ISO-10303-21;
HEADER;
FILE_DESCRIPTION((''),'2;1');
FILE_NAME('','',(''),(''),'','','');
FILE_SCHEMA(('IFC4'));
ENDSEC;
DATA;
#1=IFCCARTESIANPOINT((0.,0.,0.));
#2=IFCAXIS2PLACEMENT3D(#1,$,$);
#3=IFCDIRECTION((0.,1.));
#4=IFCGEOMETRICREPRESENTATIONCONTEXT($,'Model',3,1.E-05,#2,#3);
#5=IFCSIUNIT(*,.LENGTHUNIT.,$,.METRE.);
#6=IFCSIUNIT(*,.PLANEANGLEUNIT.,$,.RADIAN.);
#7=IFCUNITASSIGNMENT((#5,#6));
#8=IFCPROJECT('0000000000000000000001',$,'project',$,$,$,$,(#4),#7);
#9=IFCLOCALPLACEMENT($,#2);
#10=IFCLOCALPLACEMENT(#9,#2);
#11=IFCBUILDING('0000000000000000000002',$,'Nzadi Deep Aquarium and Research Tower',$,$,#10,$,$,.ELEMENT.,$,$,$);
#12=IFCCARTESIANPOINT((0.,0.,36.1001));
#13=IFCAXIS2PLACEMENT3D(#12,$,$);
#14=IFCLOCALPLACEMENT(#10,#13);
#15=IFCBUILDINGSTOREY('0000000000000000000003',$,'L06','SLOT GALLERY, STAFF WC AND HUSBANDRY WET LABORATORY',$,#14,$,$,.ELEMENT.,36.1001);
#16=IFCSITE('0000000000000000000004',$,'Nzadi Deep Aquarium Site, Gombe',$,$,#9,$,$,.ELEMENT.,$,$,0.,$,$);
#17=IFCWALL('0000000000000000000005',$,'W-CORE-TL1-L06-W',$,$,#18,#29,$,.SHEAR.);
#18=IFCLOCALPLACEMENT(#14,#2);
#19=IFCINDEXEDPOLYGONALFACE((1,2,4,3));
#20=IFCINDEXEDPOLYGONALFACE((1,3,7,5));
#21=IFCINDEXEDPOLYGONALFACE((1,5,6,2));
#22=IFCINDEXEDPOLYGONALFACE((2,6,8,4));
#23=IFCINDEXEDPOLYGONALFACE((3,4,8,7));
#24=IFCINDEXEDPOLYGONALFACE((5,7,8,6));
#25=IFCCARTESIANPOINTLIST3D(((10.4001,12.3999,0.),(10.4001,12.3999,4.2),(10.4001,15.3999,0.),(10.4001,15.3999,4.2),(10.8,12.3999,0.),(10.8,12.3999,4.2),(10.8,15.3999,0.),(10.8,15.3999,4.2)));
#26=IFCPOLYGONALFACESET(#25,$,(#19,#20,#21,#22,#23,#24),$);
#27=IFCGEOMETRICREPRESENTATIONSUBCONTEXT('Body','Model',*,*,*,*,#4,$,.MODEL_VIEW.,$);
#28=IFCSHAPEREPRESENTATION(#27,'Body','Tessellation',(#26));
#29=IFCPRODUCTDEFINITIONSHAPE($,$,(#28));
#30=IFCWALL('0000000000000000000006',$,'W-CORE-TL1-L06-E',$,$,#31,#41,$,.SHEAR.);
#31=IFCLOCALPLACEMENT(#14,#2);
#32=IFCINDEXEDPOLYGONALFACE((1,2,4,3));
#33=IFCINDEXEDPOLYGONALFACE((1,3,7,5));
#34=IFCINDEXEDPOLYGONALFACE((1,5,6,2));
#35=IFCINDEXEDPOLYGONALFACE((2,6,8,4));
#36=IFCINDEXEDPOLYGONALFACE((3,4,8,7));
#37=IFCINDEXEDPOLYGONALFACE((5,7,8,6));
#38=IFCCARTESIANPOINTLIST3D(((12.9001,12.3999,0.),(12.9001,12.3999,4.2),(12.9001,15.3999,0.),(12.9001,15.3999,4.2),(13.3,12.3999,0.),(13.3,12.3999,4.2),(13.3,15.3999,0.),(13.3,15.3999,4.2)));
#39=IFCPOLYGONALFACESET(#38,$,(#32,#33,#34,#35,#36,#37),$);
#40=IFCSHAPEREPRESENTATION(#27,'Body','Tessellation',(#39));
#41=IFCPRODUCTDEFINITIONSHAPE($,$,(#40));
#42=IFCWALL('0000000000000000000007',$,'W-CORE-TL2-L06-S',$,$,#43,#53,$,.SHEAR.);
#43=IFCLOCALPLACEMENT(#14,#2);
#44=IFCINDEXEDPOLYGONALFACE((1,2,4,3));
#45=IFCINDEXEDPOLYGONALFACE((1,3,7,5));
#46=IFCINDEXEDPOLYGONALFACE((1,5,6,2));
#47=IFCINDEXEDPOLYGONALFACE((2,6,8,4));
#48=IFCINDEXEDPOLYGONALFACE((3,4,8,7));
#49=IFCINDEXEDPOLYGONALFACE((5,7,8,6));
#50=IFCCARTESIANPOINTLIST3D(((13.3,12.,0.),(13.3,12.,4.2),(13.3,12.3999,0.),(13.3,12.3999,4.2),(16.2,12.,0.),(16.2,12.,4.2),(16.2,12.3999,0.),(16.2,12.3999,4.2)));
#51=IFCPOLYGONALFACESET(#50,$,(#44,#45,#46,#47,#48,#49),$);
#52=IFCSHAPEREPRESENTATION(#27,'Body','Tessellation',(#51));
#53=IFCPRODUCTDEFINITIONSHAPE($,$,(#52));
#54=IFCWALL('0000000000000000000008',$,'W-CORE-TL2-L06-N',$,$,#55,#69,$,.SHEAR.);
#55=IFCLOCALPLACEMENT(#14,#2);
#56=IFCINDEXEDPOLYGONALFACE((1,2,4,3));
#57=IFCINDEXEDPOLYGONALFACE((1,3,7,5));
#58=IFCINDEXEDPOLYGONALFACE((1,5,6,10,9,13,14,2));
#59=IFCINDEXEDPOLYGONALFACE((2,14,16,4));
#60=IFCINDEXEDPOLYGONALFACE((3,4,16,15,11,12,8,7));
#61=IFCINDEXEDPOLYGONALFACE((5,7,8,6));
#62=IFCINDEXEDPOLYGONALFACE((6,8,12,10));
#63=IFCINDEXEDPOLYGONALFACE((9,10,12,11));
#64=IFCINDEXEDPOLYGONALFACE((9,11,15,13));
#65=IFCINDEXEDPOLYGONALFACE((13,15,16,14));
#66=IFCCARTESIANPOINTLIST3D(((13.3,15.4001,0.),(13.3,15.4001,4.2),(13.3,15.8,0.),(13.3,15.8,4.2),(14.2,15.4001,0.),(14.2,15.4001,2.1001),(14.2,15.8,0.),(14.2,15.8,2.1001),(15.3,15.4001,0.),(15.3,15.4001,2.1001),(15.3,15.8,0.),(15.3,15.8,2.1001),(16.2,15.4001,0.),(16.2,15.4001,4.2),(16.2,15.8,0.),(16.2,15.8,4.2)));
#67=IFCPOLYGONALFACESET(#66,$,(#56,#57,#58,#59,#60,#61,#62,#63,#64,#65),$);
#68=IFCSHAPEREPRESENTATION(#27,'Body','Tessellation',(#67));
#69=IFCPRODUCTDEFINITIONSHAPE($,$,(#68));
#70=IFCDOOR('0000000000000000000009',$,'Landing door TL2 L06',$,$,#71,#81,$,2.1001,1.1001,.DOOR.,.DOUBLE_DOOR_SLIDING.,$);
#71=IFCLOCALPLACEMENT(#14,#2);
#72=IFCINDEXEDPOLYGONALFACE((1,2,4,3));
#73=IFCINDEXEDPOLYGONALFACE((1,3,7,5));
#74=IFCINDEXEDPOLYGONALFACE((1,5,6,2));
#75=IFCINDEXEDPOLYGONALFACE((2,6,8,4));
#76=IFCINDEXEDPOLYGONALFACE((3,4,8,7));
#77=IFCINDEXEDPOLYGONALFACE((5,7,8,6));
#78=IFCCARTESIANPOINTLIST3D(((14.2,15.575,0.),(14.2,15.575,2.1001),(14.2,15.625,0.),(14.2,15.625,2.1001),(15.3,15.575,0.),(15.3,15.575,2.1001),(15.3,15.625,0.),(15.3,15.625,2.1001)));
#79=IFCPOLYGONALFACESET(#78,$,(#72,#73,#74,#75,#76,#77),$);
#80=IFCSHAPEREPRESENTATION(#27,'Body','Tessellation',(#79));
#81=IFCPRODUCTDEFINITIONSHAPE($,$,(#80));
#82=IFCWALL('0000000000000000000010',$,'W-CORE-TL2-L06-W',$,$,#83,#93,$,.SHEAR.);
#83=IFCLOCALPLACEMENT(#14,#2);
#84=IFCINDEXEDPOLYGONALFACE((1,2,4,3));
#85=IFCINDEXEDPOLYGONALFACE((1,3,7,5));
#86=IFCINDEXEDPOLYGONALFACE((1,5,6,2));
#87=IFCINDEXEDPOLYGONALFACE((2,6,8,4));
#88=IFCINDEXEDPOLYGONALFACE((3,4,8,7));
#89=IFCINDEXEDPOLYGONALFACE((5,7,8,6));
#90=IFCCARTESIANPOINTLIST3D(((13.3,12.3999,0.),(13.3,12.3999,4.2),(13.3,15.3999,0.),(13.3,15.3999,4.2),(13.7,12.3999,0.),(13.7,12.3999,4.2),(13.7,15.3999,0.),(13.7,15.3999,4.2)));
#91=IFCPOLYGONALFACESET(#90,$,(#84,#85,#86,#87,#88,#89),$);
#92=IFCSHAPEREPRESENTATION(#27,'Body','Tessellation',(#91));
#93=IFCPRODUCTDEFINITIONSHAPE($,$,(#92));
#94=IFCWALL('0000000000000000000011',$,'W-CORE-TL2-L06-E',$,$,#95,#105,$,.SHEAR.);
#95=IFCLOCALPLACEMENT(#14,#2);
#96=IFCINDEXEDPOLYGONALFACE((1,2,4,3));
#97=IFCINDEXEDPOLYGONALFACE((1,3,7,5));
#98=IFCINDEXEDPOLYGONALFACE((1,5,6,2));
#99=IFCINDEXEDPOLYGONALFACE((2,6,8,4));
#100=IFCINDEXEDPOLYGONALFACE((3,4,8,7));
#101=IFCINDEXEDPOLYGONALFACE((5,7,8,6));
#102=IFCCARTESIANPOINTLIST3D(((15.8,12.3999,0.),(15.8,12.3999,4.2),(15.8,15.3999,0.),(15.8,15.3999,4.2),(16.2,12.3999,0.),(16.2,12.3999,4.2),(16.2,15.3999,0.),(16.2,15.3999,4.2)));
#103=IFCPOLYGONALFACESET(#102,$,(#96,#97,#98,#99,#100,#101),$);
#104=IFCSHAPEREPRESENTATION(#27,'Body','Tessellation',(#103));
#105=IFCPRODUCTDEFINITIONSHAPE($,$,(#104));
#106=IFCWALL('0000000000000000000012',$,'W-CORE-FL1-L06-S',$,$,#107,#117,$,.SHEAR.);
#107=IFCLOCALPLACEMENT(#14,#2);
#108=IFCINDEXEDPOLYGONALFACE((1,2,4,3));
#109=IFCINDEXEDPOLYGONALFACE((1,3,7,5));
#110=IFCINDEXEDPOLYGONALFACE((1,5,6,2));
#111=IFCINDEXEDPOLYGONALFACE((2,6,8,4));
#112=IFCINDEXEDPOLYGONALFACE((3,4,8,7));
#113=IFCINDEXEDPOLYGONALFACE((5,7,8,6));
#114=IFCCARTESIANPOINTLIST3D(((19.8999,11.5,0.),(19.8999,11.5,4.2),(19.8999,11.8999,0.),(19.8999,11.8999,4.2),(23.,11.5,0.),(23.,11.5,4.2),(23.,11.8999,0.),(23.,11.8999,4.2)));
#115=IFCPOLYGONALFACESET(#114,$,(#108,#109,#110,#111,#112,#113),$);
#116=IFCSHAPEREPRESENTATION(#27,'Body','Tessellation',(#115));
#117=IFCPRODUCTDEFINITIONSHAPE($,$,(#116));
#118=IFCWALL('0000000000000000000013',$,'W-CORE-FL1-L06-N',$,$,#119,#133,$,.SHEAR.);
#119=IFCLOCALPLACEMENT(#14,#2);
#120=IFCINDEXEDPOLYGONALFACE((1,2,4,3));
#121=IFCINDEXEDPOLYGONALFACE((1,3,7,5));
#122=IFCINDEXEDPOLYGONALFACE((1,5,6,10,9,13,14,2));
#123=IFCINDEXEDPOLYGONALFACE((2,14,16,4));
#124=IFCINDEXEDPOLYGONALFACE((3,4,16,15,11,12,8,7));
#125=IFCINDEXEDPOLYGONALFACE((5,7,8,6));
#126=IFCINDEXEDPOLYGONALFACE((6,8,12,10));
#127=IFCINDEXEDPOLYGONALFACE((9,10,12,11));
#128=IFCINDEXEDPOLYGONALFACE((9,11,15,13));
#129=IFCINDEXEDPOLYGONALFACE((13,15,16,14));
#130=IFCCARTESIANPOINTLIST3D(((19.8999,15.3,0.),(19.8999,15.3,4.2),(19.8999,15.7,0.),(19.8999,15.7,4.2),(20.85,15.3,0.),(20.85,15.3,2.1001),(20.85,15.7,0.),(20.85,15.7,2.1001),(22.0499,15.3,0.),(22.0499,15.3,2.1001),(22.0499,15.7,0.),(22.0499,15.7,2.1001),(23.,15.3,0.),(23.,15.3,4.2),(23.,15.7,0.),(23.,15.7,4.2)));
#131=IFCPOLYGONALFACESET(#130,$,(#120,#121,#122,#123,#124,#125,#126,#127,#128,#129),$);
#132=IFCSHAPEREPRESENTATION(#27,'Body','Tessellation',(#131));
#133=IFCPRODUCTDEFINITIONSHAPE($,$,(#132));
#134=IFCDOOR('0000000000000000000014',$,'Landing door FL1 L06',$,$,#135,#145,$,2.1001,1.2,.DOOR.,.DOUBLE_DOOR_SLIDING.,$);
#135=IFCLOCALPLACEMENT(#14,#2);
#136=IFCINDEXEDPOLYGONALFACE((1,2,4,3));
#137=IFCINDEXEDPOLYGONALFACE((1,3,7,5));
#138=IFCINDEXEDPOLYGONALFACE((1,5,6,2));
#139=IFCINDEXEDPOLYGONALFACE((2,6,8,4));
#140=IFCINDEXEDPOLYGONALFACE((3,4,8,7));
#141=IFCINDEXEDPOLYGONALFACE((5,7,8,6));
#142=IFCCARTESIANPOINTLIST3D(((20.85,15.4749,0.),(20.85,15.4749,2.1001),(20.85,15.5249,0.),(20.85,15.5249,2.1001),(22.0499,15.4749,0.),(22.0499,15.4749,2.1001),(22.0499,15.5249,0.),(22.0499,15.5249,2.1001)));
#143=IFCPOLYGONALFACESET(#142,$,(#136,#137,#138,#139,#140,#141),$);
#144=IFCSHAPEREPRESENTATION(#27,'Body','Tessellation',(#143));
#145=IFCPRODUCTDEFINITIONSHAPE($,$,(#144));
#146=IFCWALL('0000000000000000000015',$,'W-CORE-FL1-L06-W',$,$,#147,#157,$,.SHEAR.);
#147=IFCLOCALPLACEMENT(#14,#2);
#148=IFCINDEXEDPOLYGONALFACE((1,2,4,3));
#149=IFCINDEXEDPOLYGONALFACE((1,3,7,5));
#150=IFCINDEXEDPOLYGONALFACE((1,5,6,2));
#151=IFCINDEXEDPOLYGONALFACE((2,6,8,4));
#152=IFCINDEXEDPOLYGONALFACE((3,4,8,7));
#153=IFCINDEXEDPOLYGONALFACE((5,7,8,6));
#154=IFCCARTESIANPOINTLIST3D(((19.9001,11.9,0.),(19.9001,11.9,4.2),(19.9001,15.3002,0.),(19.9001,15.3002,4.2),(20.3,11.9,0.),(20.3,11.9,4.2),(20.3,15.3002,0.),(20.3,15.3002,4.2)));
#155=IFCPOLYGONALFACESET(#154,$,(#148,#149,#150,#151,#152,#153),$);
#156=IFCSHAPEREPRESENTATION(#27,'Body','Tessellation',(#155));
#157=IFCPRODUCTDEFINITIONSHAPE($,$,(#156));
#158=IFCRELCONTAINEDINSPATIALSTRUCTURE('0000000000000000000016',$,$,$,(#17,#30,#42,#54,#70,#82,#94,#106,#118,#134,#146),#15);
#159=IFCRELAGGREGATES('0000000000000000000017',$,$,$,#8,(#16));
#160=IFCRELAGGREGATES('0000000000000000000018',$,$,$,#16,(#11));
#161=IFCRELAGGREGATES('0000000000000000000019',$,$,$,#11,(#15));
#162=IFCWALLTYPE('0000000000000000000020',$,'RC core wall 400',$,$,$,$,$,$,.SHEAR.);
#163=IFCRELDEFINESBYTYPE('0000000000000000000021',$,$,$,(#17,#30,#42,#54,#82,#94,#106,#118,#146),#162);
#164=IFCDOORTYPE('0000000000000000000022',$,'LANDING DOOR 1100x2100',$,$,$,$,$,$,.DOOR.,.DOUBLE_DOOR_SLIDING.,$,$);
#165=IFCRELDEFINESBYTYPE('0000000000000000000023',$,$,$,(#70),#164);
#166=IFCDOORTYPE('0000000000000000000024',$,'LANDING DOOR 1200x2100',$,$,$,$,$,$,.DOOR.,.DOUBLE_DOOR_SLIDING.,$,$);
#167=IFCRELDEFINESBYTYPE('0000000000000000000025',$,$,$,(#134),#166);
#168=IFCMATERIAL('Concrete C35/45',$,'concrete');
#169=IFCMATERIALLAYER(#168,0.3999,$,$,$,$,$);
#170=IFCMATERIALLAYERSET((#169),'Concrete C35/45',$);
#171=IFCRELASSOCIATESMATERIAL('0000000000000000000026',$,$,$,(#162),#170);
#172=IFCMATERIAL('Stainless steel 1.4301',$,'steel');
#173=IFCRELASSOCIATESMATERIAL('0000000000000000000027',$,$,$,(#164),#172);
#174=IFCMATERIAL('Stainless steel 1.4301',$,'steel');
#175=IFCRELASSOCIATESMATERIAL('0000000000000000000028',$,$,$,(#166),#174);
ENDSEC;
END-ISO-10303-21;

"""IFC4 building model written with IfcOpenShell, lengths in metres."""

from ifc_helpers import new_model, si_unit, direction, frame, frame_2d, origin, place, context, subcontext, project, spatial, rectangle, extrude, material, layer, layer_set, type_object, element, fill, save


model = new_model("IFC4")

# Units and contexts
model_context = context("Model", 3, precision=1e-05, world=origin(), true_north=direction((0.0, 1.0)))
body_context = subcontext(model_context, "Body", "Model", "MODEL_VIEW")
ifc_project = project(units=[si_unit("LENGTHUNIT", "METRE"), si_unit("PLANEANGLEUNIT", "RADIAN")], contexts=[model_context])

# Site, building, storey
site_placement = place(None, origin())
site = spatial("IfcSite", under=ifc_project, at=site_placement, Name="Nzadi Deep Aquarium Site, Gombe", CompositionType="ELEMENT", RefElevation=0.0)
building_placement = place(site_placement, origin())
building = spatial("IfcBuilding", under=site, at=building_placement, Name="Nzadi Deep Aquarium and Research Tower", CompositionType="ELEMENT")
storey_placement = place(building_placement, frame((0.0, 0.0, 36.1001)))
storey = spatial("IfcBuildingStorey", under=building, at=storey_placement, Name="L06", Description="SLOT GALLERY, STAFF WC AND HUSBANDRY WET LABORATORY", CompositionType="ELEMENT", Elevation=36.1001)

# Shared definitions
ifc_material_1 = material(Name="Concrete C35/45", Category="concrete")
ifc_layer_1 = layer(ifc_material_1, 0.3999)
ifc_layer_set_1 = layer_set([ifc_layer_1], Name="Concrete C35/45")
wall_type_1 = type_object("IfcWallType", Name="RC core wall 400", PredefinedType="SHEAR", material=ifc_layer_set_1)

# Shared definitions
ifc_material_2 = material(Name="Stainless steel 1.4301", Category="steel")
door_type_1 = type_object("IfcDoorType", Name="LANDING DOOR 1100x2100", OperationType="DOUBLE_DOOR_SLIDING", PredefinedType="DOOR", material=ifc_material_2)

# Walls
for number, where, z_axis, x_axis, name in (
    (1, (10.6001, 12.3999, 0.0), (0.0, 0.0, 1.0), (0.0, 1.0, 0.0), "W-CORE-TL1-L06-W"),
    (2, (13.1001, 12.3999, 0.0), (0.0, 0.0, 1.0), (0.0, 1.0, 0.0), "W-CORE-TL1-L06-E"),
):
    element("IfcWall", number, at=place(storey_placement, frame(where, z_axis=z_axis, x_axis=x_axis)), inside=storey, type_object=wall_type_1, Name=name, PredefinedType="SHEAR", context=body_context, shape_type="SweptSolid", body=[
        extrude(rectangle(XDim=3.0, YDim=0.3999, at=frame_2d((1.5, 0.0))), origin(), (0.0, 0.0, 1.0), 4.2),
    ])
wall_1_placement = place(storey_placement, frame((13.3, 12.2, 0.0), z_axis=(0.0, 0.0, 1.0), x_axis=(1.0, 0.0, 0.0)))
element("IfcWall", 3, at=wall_1_placement, inside=storey, type_object=wall_type_1, Name="W-CORE-TL2-L06-S", PredefinedType="SHEAR", context=body_context, shape_type="SweptSolid", body=[
    extrude(rectangle(XDim=2.8999, YDim=0.3999, at=frame_2d((1.45, 0.0))), origin(), (0.0, 0.0, 1.0), 4.2),
])

# Wall, opening, door
wall_2_placement = place(storey_placement, frame((13.3, 15.6001, 0.0), z_axis=(0.0, 0.0, 1.0), x_axis=(1.0, 0.0, 0.0)))
wall_2 = element("IfcWall", 4, at=wall_2_placement, inside=storey, type_object=wall_type_1, Name="W-CORE-TL2-L06-N", PredefinedType="SHEAR", context=body_context, shape_type="SweptSolid", body=[
    extrude(rectangle(XDim=2.8999, YDim=0.3999, at=frame_2d((1.45, 0.0))), origin(), (0.0, 0.0, 1.0), 4.2),
])
opening_1_placement = place(wall_2_placement, frame((0.8999, 0.0, 0.0)))
opening_1 = element("IfcOpeningElement", 5, at=opening_1_placement, cuts=wall_2, PredefinedType="OPENING", context=body_context, shape_type="SweptSolid", body=[
    extrude(rectangle(XDim=1.1001, YDim=2.1001, at=frame_2d((0.55, 1.05))), frame((0.0, 0.21, 0.0), z_axis=(0.0, -1.0, 0.0), x_axis=(1.0, 0.0, 0.0)), (0.0, 0.0, 1.0), 0.4199),
])
door_1_placement = place(opening_1_placement, origin())
door_1 = element("IfcDoor", 6, at=door_1_placement, inside=storey, type_object=door_type_1, Name="Landing door TL2 L06", OperationType="DOUBLE_DOOR_SLIDING", OverallHeight=2.1001, OverallWidth=1.1001, PredefinedType="DOOR", context=body_context, shape_type="SweptSolid", body=[
    extrude(rectangle(XDim=1.1001, YDim=2.1001, at=frame_2d((0.55, 1.05))), frame((0.0, 0.0249, 0.0), z_axis=(0.0, -1.0, 0.0), x_axis=(1.0, 0.0, 0.0)), (0.0, 0.0, 1.0), 0.05),
])
fill(opening_1, door_1)

# Walls
for number, where, z_axis, x_axis, name in (
    (7, (13.5, 12.3999, 0.0), (0.0, 0.0, 1.0), (0.0, 1.0, 0.0), "W-CORE-TL2-L06-W"),
    (8, (16.0, 12.3999, 0.0), (0.0, 0.0, 1.0), (0.0, 1.0, 0.0), "W-CORE-TL2-L06-E"),
):
    element("IfcWall", number, at=place(storey_placement, frame(where, z_axis=z_axis, x_axis=x_axis)), inside=storey, type_object=wall_type_1, Name=name, PredefinedType="SHEAR", context=body_context, shape_type="SweptSolid", body=[
        extrude(rectangle(XDim=3.0, YDim=0.3999, at=frame_2d((1.5, 0.0))), origin(), (0.0, 0.0, 1.0), 4.2),
    ])
wall_3_placement = place(storey_placement, frame((19.8999, 11.7, 0.0), z_axis=(0.0, 0.0, 1.0), x_axis=(1.0, 0.0, 0.0)))
element("IfcWall", 9, at=wall_3_placement, inside=storey, type_object=wall_type_1, Name="W-CORE-FL1-L06-S", PredefinedType="SHEAR", context=body_context, shape_type="SweptSolid", body=[
    extrude(rectangle(XDim=3.1001, YDim=0.3999, at=frame_2d((1.55, 0.0))), origin(), (0.0, 0.0, 1.0), 4.2),
])

# Wall, opening, door
wall_4_placement = place(storey_placement, frame((19.8999, 15.5, 0.0), z_axis=(0.0, 0.0, 1.0), x_axis=(1.0, 0.0, 0.0)))
wall_4 = element("IfcWall", 10, at=wall_4_placement, inside=storey, type_object=wall_type_1, Name="W-CORE-FL1-L06-N", PredefinedType="SHEAR", context=body_context, shape_type="SweptSolid", body=[
    extrude(rectangle(XDim=3.1001, YDim=0.3999, at=frame_2d((1.55, 0.0))), origin(), (0.0, 0.0, 1.0), 4.2),
])
opening_2_placement = place(wall_4_placement, frame((0.95, 0.0, 0.0)))
opening_2 = element("IfcOpeningElement", 11, at=opening_2_placement, cuts=wall_4, PredefinedType="OPENING", context=body_context, shape_type="SweptSolid", body=[
    extrude(rectangle(XDim=1.2, YDim=2.1001, at=frame_2d((0.6001, 1.05))), frame((0.0, 0.21, 0.0), z_axis=(0.0, -1.0, 0.0), x_axis=(1.0, 0.0, 0.0)), (0.0, 0.0, 1.0), 0.4199),
])
ifc_material_3 = material(Name="Stainless steel 1.4301", Category="steel")
door_type_2 = type_object("IfcDoorType", Name="LANDING DOOR 1200x2100", OperationType="DOUBLE_DOOR_SLIDING", PredefinedType="DOOR", material=ifc_material_3)
door_2_placement = place(opening_2_placement, origin())
door_2 = element("IfcDoor", 12, at=door_2_placement, inside=storey, type_object=door_type_2, Name="Landing door FL1 L06", OperationType="DOUBLE_DOOR_SLIDING", OverallHeight=2.1001, OverallWidth=1.2, PredefinedType="DOOR", context=body_context, shape_type="SweptSolid", body=[
    extrude(rectangle(XDim=1.2, YDim=2.1001, at=frame_2d((0.6001, 1.05))), frame((0.0, 0.0249, 0.0), z_axis=(0.0, -1.0, 0.0), x_axis=(1.0, 0.0, 0.0)), (0.0, 0.0, 1.0), 0.05),
])
fill(opening_2, door_2)

# Wall
wall_5_placement = place(storey_placement, frame((20.1001, 11.8999, 0.0), z_axis=(0.0, 0.0, 1.0), x_axis=(0.0, 1.0, 0.0)))
element("IfcWall", 13, at=wall_5_placement, inside=storey, type_object=wall_type_1, Name="W-CORE-FL1-L06-W", PredefinedType="SHEAR", context=body_context, shape_type="SweptSolid", body=[
    extrude(rectangle(XDim=3.4001, YDim=0.3999, at=frame_2d((1.7002, 0.0))), origin(), (0.0, 0.0, 1.0), 4.2),
])

save(model, "model.ifc")
